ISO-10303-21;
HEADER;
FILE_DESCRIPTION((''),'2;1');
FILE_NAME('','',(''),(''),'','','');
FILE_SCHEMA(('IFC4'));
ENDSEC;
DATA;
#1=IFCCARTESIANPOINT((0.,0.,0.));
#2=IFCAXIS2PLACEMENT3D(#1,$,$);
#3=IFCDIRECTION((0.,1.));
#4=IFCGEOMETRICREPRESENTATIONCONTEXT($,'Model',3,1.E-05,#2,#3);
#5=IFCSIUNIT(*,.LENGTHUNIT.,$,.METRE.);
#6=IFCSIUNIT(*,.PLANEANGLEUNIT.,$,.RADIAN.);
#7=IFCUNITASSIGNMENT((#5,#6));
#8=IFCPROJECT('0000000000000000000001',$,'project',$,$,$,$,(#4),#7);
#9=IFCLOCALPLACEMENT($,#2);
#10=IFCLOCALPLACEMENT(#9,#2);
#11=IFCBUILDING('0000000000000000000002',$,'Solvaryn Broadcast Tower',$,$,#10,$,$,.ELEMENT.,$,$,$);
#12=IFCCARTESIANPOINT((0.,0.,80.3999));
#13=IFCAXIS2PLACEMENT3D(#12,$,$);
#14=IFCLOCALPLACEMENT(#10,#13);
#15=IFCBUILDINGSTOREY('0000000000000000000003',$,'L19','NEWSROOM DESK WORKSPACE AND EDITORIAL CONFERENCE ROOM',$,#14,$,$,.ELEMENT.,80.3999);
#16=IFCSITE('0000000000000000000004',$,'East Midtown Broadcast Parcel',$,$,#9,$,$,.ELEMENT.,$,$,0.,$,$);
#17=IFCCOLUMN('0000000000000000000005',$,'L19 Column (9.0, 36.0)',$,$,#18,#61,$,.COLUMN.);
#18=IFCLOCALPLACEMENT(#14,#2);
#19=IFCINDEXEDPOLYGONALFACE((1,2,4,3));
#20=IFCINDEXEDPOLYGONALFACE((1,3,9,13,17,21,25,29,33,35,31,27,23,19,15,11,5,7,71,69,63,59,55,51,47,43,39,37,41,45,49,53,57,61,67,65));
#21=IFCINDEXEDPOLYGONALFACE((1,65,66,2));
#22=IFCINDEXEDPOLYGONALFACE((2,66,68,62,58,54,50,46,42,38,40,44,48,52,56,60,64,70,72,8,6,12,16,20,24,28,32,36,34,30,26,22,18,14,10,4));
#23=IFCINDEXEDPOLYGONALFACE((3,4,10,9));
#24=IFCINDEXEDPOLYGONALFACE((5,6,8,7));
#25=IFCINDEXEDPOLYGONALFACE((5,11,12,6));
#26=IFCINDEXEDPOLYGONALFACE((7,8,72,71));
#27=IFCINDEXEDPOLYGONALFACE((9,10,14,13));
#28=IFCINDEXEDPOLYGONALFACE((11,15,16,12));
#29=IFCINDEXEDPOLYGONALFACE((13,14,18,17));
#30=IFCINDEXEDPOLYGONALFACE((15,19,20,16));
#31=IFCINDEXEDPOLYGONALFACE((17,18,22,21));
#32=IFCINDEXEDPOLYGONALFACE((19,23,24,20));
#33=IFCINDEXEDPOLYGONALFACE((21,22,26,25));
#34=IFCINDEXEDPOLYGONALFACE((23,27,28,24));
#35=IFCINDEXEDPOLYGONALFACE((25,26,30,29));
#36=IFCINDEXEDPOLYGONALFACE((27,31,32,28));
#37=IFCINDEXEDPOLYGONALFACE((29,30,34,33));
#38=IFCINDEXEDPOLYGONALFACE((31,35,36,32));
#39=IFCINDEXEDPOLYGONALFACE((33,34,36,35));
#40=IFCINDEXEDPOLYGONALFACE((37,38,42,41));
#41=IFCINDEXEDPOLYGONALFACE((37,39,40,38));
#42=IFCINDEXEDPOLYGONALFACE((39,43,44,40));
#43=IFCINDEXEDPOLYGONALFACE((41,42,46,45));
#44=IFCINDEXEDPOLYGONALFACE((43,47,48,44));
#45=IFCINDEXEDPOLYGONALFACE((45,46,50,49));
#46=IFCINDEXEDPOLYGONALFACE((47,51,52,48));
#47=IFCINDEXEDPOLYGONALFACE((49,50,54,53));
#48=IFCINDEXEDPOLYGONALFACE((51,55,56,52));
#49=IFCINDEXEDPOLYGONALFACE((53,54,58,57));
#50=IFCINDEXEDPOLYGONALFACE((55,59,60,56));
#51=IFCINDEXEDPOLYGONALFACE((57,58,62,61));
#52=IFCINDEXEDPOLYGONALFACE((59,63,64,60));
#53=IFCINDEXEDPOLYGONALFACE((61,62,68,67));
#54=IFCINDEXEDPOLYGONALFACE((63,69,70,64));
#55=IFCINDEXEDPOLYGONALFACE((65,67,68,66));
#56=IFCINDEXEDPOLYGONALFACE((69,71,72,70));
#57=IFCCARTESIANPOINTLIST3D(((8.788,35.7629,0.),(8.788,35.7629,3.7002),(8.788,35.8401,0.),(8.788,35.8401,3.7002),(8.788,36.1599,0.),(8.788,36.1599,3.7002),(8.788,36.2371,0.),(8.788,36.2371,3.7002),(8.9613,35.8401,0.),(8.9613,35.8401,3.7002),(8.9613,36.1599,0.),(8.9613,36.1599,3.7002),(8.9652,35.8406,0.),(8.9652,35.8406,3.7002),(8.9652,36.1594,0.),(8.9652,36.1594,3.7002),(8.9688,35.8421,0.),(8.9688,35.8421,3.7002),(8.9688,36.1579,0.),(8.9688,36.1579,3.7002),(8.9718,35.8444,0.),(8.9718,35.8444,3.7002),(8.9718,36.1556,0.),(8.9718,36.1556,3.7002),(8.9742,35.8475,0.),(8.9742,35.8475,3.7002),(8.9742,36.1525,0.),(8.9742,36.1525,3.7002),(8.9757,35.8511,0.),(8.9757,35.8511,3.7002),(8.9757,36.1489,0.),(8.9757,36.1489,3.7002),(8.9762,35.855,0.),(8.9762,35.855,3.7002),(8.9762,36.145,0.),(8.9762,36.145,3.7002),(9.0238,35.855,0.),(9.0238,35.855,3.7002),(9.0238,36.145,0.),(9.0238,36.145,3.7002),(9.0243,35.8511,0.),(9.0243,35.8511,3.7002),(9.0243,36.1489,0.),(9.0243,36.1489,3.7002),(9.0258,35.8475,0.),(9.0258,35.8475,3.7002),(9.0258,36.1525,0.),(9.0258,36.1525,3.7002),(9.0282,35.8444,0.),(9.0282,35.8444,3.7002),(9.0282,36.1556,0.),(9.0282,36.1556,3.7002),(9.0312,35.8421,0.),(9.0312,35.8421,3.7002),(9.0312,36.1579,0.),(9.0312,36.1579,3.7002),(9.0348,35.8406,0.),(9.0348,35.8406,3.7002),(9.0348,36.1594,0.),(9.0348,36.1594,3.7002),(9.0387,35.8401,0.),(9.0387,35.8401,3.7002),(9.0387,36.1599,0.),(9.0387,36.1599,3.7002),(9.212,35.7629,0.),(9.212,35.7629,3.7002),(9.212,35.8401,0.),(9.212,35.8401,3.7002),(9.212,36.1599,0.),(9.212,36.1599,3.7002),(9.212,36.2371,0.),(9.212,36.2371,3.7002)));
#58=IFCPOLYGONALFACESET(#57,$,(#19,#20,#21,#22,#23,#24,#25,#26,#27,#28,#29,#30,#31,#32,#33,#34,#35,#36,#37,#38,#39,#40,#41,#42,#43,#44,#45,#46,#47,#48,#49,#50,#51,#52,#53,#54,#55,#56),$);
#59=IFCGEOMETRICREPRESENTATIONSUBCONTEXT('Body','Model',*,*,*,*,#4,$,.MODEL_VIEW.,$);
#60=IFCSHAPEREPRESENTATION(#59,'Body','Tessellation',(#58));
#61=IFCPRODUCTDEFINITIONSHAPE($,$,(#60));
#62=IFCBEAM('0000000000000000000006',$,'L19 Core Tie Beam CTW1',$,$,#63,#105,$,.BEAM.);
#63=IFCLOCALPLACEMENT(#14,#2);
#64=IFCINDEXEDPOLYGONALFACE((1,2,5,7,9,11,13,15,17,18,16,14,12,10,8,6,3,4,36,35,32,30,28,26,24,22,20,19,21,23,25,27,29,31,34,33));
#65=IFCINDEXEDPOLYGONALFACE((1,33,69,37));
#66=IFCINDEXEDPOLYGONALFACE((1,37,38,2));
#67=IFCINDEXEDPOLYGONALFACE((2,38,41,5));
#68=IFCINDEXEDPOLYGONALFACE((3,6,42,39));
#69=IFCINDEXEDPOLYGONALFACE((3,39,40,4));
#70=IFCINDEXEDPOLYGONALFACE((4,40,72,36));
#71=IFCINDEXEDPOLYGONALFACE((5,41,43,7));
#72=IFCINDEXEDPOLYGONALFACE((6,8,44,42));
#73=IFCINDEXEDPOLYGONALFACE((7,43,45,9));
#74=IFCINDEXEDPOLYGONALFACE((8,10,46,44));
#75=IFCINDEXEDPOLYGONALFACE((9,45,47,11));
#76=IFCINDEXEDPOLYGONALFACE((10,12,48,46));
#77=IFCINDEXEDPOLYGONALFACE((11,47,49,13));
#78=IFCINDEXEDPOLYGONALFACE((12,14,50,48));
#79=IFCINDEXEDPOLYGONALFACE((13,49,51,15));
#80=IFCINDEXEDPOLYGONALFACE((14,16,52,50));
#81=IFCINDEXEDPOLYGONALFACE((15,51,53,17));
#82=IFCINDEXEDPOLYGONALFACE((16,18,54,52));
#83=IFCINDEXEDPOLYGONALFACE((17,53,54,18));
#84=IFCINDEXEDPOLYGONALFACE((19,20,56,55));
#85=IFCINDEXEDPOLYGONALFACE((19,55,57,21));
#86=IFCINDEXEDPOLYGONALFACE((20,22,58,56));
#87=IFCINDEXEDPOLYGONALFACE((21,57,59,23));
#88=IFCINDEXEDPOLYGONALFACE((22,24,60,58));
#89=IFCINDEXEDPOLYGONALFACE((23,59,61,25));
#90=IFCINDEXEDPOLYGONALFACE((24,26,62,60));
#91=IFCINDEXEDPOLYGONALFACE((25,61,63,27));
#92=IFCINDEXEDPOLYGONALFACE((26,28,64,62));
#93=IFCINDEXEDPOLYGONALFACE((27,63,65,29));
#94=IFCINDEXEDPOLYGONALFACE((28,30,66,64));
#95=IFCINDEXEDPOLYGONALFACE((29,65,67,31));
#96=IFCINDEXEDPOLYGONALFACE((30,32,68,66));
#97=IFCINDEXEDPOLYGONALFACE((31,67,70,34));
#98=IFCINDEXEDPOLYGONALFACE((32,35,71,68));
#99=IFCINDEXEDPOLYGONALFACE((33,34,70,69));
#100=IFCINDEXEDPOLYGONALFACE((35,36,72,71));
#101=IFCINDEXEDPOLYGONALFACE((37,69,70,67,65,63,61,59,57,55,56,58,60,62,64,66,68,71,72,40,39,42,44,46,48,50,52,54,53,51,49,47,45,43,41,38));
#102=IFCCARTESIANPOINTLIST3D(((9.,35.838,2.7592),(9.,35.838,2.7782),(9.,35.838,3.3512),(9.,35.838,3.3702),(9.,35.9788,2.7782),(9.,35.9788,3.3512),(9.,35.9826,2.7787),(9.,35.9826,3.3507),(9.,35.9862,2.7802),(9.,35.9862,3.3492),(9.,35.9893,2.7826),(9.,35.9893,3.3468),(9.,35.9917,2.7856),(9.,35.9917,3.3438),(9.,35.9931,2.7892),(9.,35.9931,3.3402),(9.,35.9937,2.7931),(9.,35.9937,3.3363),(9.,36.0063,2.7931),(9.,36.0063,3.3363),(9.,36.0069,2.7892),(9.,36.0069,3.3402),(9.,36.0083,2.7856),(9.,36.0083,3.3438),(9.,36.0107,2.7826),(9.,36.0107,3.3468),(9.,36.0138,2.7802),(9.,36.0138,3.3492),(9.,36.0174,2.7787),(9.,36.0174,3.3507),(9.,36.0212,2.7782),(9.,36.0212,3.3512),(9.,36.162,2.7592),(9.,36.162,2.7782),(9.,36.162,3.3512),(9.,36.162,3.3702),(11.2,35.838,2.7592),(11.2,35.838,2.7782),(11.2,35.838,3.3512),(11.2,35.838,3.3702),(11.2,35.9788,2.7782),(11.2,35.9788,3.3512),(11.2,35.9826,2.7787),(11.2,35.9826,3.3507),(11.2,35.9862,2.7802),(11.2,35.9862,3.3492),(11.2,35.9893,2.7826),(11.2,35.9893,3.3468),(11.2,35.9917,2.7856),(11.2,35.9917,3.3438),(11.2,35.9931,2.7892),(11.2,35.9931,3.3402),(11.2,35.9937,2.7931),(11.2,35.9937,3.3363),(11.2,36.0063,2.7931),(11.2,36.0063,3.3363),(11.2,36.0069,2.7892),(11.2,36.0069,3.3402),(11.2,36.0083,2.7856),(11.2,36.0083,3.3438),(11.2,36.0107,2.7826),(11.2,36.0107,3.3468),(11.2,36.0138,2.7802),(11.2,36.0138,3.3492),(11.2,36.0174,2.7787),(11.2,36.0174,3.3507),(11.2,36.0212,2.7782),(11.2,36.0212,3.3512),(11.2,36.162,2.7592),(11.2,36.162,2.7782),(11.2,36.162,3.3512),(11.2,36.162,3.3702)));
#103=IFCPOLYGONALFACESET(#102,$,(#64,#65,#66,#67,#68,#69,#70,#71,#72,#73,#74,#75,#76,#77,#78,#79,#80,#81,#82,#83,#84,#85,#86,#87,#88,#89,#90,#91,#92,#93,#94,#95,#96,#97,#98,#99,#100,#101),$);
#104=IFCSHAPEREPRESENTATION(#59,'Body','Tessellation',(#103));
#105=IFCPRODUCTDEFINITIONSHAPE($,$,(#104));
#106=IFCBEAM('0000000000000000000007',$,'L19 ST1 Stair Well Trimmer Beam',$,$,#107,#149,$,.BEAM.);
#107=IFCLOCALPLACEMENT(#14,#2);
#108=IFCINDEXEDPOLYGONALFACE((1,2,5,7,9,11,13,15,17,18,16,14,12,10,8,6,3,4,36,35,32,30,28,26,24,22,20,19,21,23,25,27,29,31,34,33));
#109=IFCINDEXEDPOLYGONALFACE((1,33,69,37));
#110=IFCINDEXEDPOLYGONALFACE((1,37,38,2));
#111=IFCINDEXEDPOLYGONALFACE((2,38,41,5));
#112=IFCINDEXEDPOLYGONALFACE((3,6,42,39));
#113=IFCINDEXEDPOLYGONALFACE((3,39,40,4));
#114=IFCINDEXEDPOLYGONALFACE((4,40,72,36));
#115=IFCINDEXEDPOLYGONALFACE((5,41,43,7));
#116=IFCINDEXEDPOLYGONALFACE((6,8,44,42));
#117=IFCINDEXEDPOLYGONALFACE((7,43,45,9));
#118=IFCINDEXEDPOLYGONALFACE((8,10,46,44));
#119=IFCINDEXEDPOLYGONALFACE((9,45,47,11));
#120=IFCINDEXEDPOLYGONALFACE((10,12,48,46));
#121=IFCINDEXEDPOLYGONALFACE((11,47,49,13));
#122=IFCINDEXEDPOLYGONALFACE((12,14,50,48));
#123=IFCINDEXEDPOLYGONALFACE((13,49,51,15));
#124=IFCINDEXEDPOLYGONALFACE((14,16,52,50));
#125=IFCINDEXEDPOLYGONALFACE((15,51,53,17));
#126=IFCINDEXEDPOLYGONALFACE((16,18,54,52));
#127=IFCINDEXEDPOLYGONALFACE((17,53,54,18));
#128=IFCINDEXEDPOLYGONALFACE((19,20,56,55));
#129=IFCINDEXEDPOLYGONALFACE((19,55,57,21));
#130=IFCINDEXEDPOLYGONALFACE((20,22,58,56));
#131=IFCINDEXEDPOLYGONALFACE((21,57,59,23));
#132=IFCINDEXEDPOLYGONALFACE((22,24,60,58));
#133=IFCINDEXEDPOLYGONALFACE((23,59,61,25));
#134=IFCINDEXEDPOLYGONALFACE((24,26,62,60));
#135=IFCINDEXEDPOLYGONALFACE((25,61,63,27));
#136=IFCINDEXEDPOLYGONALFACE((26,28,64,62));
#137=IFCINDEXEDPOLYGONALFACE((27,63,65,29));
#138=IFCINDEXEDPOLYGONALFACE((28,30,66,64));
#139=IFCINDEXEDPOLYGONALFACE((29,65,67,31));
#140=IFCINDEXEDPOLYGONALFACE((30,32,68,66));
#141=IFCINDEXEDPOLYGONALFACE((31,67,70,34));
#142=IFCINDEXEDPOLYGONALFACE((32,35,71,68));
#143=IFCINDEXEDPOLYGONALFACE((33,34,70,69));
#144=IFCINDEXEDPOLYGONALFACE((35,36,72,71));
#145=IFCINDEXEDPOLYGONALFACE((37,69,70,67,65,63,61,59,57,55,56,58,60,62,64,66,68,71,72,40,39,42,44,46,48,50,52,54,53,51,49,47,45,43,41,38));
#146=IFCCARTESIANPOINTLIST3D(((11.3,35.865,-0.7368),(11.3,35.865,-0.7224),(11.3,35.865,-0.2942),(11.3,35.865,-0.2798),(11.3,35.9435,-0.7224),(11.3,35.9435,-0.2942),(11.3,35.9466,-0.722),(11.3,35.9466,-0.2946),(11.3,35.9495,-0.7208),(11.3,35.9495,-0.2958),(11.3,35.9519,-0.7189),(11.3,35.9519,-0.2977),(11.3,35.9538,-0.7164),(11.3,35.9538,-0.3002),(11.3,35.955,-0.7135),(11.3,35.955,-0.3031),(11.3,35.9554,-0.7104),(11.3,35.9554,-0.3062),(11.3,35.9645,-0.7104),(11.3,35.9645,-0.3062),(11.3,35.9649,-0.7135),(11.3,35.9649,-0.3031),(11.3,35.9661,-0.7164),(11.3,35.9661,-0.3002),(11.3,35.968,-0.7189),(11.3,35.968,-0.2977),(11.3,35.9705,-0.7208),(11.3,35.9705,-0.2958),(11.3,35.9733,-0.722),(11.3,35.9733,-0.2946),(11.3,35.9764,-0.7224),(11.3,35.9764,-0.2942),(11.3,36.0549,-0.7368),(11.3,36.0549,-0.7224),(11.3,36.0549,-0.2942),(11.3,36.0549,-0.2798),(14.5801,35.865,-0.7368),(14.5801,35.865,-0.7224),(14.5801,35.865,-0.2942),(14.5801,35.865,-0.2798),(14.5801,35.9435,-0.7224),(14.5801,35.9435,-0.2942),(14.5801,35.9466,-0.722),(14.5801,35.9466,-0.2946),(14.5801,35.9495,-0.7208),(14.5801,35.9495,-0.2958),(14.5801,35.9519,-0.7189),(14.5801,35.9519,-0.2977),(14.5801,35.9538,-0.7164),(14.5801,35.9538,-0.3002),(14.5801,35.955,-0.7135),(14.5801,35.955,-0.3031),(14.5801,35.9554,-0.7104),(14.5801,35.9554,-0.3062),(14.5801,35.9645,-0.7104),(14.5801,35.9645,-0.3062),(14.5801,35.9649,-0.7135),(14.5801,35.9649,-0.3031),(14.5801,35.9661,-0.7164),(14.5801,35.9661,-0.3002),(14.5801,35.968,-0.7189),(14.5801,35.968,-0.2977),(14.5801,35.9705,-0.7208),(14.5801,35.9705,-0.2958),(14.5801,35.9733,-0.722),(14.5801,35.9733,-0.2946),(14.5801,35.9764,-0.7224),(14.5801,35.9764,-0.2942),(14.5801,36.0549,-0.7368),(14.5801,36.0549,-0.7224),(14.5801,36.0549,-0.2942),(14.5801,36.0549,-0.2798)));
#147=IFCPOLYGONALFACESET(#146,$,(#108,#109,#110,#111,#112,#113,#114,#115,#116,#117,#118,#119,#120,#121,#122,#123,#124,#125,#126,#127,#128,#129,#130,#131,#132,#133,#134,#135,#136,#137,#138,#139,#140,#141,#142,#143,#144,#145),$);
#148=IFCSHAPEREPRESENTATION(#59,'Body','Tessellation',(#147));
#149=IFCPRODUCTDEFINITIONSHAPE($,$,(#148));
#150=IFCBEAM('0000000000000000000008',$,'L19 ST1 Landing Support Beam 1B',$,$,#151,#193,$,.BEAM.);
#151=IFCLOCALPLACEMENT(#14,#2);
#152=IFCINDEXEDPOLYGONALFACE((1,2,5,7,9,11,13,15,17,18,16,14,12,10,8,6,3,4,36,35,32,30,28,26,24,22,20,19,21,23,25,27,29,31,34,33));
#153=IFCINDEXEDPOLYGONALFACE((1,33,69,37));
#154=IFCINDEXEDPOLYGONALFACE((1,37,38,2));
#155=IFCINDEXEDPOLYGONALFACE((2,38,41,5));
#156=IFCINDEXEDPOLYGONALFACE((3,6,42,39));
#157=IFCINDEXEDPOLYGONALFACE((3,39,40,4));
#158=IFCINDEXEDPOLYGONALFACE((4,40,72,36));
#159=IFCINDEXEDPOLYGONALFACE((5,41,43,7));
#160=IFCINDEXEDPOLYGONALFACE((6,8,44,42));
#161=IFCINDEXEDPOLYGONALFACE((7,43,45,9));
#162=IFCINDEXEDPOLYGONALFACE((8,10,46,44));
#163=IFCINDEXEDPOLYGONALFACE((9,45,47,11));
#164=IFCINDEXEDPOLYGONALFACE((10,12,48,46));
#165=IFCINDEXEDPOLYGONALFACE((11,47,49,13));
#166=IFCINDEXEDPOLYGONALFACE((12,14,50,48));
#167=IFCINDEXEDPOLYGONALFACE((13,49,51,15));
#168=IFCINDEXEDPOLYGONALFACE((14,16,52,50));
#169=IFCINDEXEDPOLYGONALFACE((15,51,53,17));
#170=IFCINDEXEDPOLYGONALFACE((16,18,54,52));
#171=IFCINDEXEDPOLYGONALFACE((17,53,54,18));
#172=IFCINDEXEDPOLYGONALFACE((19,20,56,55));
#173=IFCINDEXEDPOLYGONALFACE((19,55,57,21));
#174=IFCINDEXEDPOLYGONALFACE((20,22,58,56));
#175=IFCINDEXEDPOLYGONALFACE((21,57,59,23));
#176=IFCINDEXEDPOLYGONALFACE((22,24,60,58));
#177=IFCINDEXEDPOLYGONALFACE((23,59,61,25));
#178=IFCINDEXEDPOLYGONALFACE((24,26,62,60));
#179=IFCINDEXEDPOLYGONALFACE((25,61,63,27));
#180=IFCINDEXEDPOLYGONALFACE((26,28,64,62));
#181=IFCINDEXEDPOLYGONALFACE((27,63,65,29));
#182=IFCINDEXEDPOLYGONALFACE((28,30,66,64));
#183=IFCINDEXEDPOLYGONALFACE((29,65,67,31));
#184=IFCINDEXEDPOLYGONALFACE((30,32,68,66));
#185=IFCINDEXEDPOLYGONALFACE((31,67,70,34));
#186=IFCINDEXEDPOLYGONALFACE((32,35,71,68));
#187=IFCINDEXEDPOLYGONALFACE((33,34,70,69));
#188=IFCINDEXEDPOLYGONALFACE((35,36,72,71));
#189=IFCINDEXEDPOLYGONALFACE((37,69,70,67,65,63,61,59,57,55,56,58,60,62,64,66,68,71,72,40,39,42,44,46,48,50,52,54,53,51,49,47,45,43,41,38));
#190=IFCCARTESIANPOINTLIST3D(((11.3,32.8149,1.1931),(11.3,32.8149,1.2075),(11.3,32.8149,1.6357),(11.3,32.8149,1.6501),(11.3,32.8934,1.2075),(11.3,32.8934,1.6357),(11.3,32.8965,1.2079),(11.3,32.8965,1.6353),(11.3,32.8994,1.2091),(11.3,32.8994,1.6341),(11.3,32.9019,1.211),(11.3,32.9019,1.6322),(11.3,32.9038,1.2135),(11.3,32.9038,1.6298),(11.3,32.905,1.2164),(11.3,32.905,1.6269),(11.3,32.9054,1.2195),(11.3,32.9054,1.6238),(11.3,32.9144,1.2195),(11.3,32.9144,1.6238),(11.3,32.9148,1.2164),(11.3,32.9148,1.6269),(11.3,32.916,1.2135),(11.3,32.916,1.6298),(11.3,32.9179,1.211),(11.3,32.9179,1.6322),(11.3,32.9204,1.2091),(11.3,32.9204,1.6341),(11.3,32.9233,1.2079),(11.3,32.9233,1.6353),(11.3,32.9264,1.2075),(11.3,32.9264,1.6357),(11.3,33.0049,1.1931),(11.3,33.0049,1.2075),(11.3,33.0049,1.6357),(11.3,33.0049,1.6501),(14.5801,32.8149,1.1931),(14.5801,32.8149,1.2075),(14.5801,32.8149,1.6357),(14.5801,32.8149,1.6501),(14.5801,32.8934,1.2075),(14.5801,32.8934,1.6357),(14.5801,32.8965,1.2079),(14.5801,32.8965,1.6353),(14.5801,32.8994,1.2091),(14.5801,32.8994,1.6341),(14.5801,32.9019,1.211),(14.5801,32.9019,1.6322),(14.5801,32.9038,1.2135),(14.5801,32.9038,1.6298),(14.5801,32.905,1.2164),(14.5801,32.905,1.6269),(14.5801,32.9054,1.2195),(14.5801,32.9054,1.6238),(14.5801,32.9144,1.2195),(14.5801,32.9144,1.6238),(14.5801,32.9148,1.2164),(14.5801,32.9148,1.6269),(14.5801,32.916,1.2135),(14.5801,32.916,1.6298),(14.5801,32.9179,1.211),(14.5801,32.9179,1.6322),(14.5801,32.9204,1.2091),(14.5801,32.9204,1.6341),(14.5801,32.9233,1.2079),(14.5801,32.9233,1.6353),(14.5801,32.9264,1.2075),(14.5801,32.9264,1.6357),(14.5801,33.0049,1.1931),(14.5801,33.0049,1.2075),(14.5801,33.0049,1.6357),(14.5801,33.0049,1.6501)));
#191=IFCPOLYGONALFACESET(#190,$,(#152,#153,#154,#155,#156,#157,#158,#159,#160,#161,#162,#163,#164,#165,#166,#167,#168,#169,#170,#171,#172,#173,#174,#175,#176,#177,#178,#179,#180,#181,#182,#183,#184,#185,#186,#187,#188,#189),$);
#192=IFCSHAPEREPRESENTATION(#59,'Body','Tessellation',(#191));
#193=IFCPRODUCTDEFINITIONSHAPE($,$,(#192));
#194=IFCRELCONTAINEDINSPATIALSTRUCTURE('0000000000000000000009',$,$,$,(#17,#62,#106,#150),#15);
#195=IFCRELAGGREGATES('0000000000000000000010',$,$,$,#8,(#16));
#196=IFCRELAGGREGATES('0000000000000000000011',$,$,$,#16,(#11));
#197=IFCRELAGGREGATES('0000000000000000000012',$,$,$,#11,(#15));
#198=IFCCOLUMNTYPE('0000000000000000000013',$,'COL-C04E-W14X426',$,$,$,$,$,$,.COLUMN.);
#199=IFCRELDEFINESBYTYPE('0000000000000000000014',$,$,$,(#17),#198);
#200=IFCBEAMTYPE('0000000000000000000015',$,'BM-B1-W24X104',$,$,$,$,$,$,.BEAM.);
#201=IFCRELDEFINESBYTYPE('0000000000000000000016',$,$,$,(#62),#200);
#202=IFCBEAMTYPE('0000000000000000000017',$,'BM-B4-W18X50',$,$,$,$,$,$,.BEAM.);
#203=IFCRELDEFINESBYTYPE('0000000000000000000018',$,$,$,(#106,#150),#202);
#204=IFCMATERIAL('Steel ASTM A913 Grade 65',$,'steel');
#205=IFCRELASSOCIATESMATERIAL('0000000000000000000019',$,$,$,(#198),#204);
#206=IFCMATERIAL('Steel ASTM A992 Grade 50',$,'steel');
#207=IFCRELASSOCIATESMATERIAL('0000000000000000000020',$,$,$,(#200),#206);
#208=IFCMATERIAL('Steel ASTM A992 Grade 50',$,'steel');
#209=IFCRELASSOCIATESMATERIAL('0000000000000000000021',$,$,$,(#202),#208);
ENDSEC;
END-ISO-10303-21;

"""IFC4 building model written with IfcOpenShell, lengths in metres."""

from ifc_helpers import new_model, si_unit, direction, frame, origin, origin_2d, place, context, subcontext, project, spatial, i_section, extrude, material, material_profile, profile_set, type_object, element, save


model = new_model("IFC4")

# Units and contexts
model_context = context("Model", 3, precision=1e-05, world=origin(), true_north=direction((0.0, 1.0)))
body_context = subcontext(model_context, "Body", "Model", "MODEL_VIEW")
ifc_project = project(units=[si_unit("LENGTHUNIT", "METRE"), si_unit("PLANEANGLEUNIT", "RADIAN")], contexts=[model_context])

# Site, building, storey
site_placement = place(None, origin())
site = spatial("IfcSite", under=ifc_project, at=site_placement, Name="East Midtown Broadcast Parcel", CompositionType="ELEMENT", RefElevation=0.0)
building_placement = place(site_placement, origin())
building = spatial("IfcBuilding", under=site, at=building_placement, Name="Solvaryn Broadcast Tower", CompositionType="ELEMENT")
storey_placement = place(building_placement, frame((0.0, 0.0, 80.3999)))
storey = spatial("IfcBuildingStorey", under=building, at=storey_placement, Name="L19", Description="NEWSROOM DESK WORKSPACE AND EDITORIAL CONFERENCE ROOM", CompositionType="ELEMENT", Elevation=80.3999)

# Column
ifc_material_1 = material(Name="Steel ASTM A913 Grade 65", Category="steel")
ifc_material_profile_1 = material_profile(ifc_material_1, i_section(OverallWidth=0.4241, OverallDepth=0.4741, WebThickness=0.0476, FlangeThickness=0.0771, FilletRadius=0.0149, at=origin_2d()))
ifc_profile_set_1 = profile_set([ifc_material_profile_1], Name="Steel ASTM A913 Grade 65")
column_type = type_object("IfcColumnType", Name="COL-C04E-W14X426", PredefinedType="COLUMN", material=ifc_profile_set_1)
column_placement = place(storey_placement, frame((9.0, 36.0, 0.0), z_axis=(0.0, 0.0, 1.0), x_axis=(1.0, 0.0, 0.0)))
element("IfcColumn", 1, at=column_placement, inside=storey, type_object=column_type, Name="L19 Column (9.0, 36.0)", PredefinedType="COLUMN", context=body_context, shape_type="SweptSolid", body=[
    extrude(i_section(OverallWidth=0.4241, OverallDepth=0.4741, WebThickness=0.0476, FlangeThickness=0.0771, FilletRadius=0.0149, at=origin_2d()), origin(), (0.0, 0.0, 1.0), 3.7002),
])

# Beams
ifc_material_2 = material(Name="Steel ASTM A992 Grade 50", Category="steel")
ifc_material_profile_2 = material_profile(ifc_material_2, i_section(OverallWidth=0.324, OverallDepth=0.6111, WebThickness=0.0127, FlangeThickness=0.019, FilletRadius=0.0149, at=origin_2d()))
ifc_profile_set_2 = profile_set([ifc_material_profile_2], Name="Steel ASTM A992 Grade 50")
beam_type_1 = type_object("IfcBeamType", Name="BM-B1-W24X104", PredefinedType="BEAM", material=ifc_profile_set_2)
beam_1_placement = place(storey_placement, frame((9.0, 36.0, 3.0647), z_axis=(1.0, 0.0, 0.0), x_axis=(0.0, 1.0, 0.0)))
element("IfcBeam", 2, at=beam_1_placement, inside=storey, type_object=beam_type_1, Name="L19 Core Tie Beam CTW1", PredefinedType="BEAM", context=body_context, shape_type="SweptSolid", body=[
    extrude(i_section(OverallWidth=0.324, OverallDepth=0.6111, WebThickness=0.0127, FlangeThickness=0.019, FilletRadius=0.0149, at=origin_2d()), origin(), (0.0, 0.0, 1.0), 2.2),
])
ifc_material_3 = material(Name="Steel ASTM A992 Grade 50", Category="steel")
ifc_material_profile_3 = material_profile(ifc_material_3, i_section(OverallWidth=0.1899, OverallDepth=0.457, WebThickness=0.009, FlangeThickness=0.0144, FilletRadius=0.012, at=origin_2d()))
ifc_profile_set_3 = profile_set([ifc_material_profile_3], Name="Steel ASTM A992 Grade 50")
beam_type_2 = type_object("IfcBeamType", Name="BM-B4-W18X50", PredefinedType="BEAM", material=ifc_profile_set_3)
for number, where, z_axis, x_axis, name in (
    (3, (11.3, 35.96, -0.5083), (1.0, 0.0, 0.0), (0.0, 1.0, 0.0), "L19 ST1 Stair Well Trimmer Beam"),
    (4, (11.3, 32.9099, 1.4216), (1.0, 0.0, 0.0), (0.0, 1.0, 0.0), "L19 ST1 Landing Support Beam 1B"),
):
    element("IfcBeam", number, at=place(storey_placement, frame(where, z_axis=z_axis, x_axis=x_axis)), inside=storey, type_object=beam_type_2, Name=name, PredefinedType="BEAM", context=body_context, shape_type="SweptSolid", body=[
        extrude(i_section(OverallWidth=0.1899, OverallDepth=0.457, WebThickness=0.009, FlangeThickness=0.0144, FilletRadius=0.012, at=origin_2d()), origin(), (0.0, 0.0, 1.0), 3.28),
    ])

save(model, "model.ifc")
